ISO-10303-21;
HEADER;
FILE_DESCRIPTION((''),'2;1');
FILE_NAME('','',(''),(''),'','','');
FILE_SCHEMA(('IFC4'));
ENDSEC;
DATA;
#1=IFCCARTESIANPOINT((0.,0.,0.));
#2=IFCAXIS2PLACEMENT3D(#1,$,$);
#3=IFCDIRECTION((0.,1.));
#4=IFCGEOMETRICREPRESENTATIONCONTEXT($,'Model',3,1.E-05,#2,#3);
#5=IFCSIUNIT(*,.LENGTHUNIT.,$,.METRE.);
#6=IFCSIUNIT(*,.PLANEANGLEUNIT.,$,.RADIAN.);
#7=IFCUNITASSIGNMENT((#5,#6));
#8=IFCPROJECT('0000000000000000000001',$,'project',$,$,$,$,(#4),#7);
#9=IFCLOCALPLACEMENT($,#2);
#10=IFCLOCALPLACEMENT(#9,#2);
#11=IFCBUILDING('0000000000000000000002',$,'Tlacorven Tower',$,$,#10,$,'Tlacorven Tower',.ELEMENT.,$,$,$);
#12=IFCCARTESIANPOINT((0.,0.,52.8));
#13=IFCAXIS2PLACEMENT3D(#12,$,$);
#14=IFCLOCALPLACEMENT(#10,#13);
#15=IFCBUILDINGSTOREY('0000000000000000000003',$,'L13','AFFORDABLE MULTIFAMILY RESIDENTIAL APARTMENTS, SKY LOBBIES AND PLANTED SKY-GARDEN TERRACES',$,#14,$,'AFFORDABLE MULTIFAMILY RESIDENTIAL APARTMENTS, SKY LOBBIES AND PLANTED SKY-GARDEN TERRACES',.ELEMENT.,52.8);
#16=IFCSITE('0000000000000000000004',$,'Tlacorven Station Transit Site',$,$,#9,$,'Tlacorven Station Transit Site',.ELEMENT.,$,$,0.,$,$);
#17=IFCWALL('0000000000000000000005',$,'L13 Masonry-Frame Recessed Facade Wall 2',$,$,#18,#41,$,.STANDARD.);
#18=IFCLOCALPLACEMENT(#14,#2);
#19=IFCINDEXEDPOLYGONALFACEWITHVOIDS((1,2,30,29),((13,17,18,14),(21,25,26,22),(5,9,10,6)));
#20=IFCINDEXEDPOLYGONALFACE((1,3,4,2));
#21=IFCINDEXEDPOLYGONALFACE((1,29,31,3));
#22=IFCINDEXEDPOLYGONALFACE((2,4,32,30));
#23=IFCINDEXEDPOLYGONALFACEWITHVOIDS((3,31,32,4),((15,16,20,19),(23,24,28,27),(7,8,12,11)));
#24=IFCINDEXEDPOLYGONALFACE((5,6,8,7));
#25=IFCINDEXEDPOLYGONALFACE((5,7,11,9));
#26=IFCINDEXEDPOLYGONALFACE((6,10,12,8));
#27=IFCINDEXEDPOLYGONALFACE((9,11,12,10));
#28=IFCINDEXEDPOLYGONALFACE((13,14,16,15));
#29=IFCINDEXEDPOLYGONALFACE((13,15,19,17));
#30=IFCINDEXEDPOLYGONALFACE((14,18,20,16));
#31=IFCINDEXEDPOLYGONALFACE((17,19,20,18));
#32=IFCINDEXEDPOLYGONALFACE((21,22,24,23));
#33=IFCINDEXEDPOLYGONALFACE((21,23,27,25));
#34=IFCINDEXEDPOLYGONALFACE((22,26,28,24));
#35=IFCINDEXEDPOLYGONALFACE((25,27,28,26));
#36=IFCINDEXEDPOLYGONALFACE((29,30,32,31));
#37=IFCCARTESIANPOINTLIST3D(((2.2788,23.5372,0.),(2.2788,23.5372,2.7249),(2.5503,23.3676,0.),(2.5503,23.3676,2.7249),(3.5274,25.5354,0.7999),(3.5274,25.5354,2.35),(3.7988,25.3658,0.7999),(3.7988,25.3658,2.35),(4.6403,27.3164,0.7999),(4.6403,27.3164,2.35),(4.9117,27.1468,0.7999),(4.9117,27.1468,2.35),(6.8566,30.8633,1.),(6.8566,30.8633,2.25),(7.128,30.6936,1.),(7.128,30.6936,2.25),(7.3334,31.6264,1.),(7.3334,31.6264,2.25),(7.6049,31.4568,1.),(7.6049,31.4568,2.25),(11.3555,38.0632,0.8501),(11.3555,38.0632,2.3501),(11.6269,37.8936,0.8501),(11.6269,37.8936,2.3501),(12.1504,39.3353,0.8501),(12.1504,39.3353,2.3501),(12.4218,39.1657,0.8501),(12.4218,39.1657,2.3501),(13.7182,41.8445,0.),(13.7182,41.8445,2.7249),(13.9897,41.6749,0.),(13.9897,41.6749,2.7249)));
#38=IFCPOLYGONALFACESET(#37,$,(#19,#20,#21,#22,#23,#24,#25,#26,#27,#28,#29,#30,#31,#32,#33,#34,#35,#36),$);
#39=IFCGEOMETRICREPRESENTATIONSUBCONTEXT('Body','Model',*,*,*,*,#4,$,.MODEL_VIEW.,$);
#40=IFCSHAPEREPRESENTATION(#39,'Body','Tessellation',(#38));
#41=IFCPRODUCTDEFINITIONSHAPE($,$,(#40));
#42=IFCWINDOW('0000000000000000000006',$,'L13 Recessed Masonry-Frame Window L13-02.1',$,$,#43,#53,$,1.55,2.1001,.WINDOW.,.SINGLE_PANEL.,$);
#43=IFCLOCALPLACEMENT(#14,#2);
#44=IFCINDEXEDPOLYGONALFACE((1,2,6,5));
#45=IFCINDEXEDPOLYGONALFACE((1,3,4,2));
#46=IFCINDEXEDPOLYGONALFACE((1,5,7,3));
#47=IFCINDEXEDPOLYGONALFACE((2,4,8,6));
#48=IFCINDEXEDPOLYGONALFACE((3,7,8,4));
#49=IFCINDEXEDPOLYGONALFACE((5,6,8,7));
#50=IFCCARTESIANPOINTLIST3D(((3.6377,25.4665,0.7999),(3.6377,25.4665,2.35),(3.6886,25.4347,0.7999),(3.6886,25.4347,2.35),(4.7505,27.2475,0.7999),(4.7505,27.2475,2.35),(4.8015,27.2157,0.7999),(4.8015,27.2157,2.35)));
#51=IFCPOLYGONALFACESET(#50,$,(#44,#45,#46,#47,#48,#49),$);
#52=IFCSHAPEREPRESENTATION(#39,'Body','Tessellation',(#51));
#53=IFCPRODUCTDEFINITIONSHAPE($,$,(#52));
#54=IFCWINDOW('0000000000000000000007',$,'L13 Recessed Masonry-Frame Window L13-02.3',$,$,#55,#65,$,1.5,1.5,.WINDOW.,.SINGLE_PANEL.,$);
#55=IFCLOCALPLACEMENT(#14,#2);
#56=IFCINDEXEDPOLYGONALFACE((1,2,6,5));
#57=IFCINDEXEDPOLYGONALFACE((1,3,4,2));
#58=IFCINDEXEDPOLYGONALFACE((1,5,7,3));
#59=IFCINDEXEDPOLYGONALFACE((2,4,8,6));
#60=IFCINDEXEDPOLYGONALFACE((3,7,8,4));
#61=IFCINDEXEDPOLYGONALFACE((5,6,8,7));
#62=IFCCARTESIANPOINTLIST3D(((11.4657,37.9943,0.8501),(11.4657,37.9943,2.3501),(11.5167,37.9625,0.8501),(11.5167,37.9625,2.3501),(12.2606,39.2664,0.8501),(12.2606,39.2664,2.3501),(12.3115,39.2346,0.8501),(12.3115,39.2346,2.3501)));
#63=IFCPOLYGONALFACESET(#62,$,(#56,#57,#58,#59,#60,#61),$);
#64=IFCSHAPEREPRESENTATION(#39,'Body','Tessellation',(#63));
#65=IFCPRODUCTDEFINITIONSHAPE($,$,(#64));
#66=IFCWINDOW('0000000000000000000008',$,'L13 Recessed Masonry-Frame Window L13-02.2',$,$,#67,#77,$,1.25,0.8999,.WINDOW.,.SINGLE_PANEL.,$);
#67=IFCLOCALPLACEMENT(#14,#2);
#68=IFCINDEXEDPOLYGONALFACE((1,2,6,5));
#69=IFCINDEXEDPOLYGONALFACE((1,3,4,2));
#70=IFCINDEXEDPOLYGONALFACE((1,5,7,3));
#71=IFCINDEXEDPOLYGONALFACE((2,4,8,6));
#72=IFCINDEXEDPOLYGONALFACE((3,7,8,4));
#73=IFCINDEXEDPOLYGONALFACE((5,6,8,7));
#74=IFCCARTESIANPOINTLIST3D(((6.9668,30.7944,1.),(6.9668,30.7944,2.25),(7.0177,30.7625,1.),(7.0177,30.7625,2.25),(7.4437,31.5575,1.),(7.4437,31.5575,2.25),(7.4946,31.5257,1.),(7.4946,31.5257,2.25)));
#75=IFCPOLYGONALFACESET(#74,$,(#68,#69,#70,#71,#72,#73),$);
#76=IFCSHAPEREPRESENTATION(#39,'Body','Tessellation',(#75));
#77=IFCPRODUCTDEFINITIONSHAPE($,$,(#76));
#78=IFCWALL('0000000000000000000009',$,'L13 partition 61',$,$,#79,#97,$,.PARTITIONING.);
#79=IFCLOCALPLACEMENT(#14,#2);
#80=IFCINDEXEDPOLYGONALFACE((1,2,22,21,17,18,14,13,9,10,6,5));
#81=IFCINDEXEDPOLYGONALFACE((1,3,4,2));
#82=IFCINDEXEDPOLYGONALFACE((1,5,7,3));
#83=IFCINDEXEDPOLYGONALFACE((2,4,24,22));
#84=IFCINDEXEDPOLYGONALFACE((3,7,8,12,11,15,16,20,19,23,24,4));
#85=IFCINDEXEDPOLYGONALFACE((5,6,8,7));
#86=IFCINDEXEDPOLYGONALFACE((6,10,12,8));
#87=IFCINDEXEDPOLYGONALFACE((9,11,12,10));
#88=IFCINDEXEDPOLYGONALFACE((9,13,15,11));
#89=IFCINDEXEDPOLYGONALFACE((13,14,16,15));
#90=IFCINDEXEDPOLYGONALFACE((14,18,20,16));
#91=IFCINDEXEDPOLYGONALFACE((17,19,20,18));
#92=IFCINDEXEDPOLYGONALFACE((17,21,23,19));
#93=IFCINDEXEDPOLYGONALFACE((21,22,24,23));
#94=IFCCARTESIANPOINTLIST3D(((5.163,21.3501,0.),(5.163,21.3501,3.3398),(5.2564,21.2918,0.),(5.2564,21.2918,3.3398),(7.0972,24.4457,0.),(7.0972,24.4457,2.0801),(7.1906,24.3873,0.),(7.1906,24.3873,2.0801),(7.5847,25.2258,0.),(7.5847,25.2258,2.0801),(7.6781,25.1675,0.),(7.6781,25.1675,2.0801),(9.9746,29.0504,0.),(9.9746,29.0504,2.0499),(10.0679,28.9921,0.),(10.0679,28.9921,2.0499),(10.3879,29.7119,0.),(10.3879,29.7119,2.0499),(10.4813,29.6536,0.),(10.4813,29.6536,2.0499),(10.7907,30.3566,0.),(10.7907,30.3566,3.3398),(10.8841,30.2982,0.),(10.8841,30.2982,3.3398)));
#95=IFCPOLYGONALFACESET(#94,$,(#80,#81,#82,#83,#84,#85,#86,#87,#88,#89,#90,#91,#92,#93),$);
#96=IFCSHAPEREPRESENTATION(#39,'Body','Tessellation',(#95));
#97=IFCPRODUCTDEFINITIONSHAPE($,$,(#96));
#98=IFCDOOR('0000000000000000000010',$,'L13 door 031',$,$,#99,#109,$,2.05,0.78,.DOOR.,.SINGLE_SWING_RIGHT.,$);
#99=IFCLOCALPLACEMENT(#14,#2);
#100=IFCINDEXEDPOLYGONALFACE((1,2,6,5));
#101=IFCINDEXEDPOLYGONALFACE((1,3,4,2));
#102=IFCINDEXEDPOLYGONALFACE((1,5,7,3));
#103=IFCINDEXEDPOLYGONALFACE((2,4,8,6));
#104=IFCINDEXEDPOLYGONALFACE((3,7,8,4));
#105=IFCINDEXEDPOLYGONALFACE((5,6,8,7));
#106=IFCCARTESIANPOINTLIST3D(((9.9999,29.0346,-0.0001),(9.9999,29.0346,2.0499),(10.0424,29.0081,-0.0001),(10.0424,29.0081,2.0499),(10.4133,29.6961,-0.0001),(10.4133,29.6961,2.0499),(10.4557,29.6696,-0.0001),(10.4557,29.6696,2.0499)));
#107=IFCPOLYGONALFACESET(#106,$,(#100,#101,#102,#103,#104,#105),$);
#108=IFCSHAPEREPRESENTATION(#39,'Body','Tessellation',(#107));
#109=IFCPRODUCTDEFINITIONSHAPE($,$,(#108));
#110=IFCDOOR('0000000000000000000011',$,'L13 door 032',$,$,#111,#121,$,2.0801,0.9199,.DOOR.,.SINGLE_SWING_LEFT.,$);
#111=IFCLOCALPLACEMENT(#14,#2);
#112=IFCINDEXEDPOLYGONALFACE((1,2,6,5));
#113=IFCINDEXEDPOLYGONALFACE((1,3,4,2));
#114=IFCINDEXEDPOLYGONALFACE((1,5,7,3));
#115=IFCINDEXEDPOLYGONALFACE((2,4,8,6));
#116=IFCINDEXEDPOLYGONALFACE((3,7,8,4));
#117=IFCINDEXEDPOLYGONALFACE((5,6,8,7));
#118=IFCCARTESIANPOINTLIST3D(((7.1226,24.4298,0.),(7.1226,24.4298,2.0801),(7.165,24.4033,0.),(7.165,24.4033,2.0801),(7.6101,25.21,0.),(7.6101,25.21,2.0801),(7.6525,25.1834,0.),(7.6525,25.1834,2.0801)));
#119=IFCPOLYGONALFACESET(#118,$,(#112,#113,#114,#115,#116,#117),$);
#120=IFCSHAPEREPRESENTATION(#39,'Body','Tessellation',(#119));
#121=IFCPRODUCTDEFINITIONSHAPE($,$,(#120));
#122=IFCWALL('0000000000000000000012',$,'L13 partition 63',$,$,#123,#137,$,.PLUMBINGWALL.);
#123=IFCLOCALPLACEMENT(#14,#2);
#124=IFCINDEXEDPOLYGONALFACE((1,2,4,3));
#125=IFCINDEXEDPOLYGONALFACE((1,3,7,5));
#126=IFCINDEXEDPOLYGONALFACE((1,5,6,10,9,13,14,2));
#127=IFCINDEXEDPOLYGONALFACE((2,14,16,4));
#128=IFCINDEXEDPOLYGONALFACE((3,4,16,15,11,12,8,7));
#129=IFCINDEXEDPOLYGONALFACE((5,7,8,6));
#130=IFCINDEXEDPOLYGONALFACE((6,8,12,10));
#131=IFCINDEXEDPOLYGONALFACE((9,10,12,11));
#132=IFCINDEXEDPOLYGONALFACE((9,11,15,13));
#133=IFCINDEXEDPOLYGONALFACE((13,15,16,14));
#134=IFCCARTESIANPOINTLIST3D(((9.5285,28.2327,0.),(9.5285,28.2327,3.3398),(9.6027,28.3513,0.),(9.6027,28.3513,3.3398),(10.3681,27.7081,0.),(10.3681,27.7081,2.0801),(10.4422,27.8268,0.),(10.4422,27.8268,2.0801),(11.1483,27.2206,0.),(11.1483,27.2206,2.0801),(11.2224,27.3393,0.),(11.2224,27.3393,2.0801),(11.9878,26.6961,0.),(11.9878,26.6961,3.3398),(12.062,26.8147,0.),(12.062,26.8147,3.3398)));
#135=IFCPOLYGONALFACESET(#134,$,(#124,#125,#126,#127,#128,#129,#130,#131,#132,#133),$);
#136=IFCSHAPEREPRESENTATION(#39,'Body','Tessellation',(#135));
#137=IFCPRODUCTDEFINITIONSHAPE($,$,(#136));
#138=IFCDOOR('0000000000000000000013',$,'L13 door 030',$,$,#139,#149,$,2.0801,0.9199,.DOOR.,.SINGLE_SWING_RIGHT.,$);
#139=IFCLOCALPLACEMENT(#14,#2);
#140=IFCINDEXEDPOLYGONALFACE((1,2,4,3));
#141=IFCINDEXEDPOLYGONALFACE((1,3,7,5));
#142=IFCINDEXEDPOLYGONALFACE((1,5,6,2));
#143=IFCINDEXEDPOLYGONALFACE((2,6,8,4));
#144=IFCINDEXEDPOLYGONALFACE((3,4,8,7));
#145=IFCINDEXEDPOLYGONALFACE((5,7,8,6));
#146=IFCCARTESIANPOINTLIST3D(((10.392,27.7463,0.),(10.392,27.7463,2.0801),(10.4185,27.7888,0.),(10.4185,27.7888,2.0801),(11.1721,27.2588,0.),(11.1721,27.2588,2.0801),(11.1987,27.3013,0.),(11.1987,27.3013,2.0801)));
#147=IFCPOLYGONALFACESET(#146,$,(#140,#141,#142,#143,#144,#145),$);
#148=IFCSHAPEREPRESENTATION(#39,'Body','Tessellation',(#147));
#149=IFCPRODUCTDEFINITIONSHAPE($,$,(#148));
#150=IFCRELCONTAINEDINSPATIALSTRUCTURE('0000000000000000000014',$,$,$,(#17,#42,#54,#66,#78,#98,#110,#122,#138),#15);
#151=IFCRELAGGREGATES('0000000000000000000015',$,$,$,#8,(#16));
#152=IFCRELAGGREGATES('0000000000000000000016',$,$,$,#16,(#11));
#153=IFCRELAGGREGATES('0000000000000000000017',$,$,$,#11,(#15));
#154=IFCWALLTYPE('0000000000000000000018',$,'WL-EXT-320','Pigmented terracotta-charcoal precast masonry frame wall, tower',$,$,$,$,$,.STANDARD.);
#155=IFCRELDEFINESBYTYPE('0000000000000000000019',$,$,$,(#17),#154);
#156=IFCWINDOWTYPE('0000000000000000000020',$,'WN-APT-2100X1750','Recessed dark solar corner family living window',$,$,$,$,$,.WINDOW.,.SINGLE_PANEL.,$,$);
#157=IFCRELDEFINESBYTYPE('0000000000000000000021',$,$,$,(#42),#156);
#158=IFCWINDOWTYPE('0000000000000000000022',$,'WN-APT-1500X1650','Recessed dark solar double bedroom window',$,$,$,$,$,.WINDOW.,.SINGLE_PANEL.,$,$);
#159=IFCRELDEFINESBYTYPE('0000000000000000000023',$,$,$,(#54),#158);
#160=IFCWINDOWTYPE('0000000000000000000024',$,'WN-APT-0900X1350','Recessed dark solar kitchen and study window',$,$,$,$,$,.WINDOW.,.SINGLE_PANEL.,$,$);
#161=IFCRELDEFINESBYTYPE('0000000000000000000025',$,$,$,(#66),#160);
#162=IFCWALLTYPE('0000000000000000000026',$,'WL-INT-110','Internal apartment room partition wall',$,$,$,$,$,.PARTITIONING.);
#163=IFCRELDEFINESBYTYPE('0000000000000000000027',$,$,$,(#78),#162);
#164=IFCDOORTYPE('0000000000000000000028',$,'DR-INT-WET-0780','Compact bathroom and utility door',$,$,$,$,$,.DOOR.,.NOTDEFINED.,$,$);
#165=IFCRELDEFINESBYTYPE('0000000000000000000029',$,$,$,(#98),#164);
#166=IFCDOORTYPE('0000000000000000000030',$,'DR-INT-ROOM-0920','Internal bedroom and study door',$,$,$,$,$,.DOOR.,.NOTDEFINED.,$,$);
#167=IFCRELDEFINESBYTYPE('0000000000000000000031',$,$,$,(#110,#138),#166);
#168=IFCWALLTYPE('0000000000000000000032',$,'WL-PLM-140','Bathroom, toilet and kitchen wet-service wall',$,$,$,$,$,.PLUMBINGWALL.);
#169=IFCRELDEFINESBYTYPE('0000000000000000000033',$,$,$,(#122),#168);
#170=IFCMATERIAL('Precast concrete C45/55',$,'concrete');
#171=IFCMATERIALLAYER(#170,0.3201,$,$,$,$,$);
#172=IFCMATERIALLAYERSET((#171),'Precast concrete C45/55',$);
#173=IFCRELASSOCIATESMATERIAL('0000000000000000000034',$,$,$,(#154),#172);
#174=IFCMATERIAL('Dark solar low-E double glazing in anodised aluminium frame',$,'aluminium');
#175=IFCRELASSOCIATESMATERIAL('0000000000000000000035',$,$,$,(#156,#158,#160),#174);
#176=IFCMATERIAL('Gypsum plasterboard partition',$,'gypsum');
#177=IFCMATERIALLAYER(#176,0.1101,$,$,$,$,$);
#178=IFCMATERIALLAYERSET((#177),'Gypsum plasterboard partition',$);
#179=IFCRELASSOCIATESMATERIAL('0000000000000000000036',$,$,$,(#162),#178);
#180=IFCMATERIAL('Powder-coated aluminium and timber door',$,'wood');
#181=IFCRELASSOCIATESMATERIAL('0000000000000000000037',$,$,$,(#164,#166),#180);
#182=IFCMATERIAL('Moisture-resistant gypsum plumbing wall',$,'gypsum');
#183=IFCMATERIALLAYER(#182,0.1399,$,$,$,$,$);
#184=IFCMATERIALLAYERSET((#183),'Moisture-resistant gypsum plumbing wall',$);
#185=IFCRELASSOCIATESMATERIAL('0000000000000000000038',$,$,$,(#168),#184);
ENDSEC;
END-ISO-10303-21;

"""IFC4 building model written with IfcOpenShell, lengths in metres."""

from ifc_helpers import new_model, si_unit, direction, frame, frame_2d, origin, place, context, subcontext, project, spatial, rectangle, extrude, source, transform, mapped, material, layer, layer_set, type_object, element, fill, save


model = new_model("IFC4")

# Units and contexts
model_context = context("Model", 3, precision=1e-05, world=origin(), true_north=direction((0.0, 1.0)))
body_context = subcontext(model_context, "Body", "Model", "MODEL_VIEW")
ifc_project = project(units=[si_unit("LENGTHUNIT", "METRE"), si_unit("PLANEANGLEUNIT", "RADIAN")], contexts=[model_context])

# Site, building, storey
site_placement = place(None, origin())
site = spatial("IfcSite", under=ifc_project, at=site_placement, Name="Tlacorven Station Transit Site", LongName="Tlacorven Station Transit Site", CompositionType="ELEMENT", RefElevation=0.0)
building_placement = place(site_placement, origin())
building = spatial("IfcBuilding", under=site, at=building_placement, Name="Tlacorven Tower", LongName="Tlacorven Tower", CompositionType="ELEMENT")
storey_placement = place(building_placement, frame((0.0, 0.0, 52.8)))
storey = spatial("IfcBuildingStorey", under=building, at=storey_placement, Name="L13", Description="AFFORDABLE MULTIFAMILY RESIDENTIAL APARTMENTS, SKY LOBBIES AND PLANTED SKY-GARDEN TERRACES", LongName="AFFORDABLE MULTIFAMILY RESIDENTIAL APARTMENTS, SKY LOBBIES AND PLANTED SKY-GARDEN TERRACES", CompositionType="ELEMENT", Elevation=52.8)

# Wall, openings, windows
ifc_material_1 = material(Name="Precast concrete C45/55", Category="concrete")
ifc_layer_1 = layer(ifc_material_1, 0.3201)
ifc_layer_set_1 = layer_set([ifc_layer_1], Name="Precast concrete C45/55")
wall_type_1 = type_object("IfcWallType", Name="WL-EXT-320", Description="Pigmented terracotta-charcoal precast masonry frame wall, tower", PredefinedType="STANDARD", material=ifc_layer_set_1)
wall_1_placement = place(storey_placement, frame((2.4146, 23.4524, 0.0), z_axis=(0.0, 0.0, 1.0), x_axis=(0.52991, 0.848054, 0.0)))
wall_1 = element("IfcWall", 1, at=wall_1_placement, inside=storey, type_object=wall_type_1, Name="L13 Masonry-Frame Recessed Facade Wall 2", PredefinedType="STANDARD", context=body_context, shape_type="SweptSolid", body=[
    extrude(rectangle(XDim=21.5874, YDim=0.3201, at=frame_2d((10.7937, 0.0))), origin(), (0.0, 0.0, 1.0), 2.7249),
])
opening_1_placement = place(wall_1_placement, frame((2.3562, 0.0, 0.8)))
opening_1 = element("IfcOpeningElement", 2, at=opening_1_placement, cuts=wall_1, PredefinedType="OPENING", context=body_context, shape_type="SweptSolid", body=[
    extrude(rectangle(XDim=2.1001, YDim=1.55, at=frame_2d((1.05, 0.7749))), frame((0.0, 0.1699, 0.0), z_axis=(0.0, -1.0, 0.0), x_axis=(1.0, 0.0, 0.0)), (0.0, 0.0, 1.0), 0.3401),
])
opening_2_placement = place(wall_1_placement, frame((8.6387, 0.0, 1.0)))
opening_2 = element("IfcOpeningElement", 3, at=opening_2_placement, cuts=wall_1, PredefinedType="OPENING", context=body_context, shape_type="SweptSolid", body=[
    extrude(rectangle(XDim=0.8999, YDim=1.25, at=frame_2d((0.45, 0.625))), frame((0.0, 0.1699, 0.0), z_axis=(0.0, -1.0, 0.0), x_axis=(1.0, 0.0, 0.0)), (0.0, 0.0, 1.0), 0.3401),
])
opening_3_placement = place(wall_1_placement, frame((17.1287, 0.0, 0.8501)))
opening_3 = element("IfcOpeningElement", 4, at=opening_3_placement, cuts=wall_1, PredefinedType="OPENING", context=body_context, shape_type="SweptSolid", body=[
    extrude(rectangle(XDim=1.5, YDim=1.5, at=frame_2d((0.75, 0.75))), frame((0.0, 0.1699, 0.0), z_axis=(0.0, -1.0, 0.0), x_axis=(1.0, 0.0, 0.0)), (0.0, 0.0, 1.0), 0.3401),
])
ifc_material_2 = material(Name="Dark solar low-E double glazing in anodised aluminium frame", Category="aluminium")
window_type_1 = type_object("IfcWindowType", Name="WN-APT-2100X1750", Description="Recessed dark solar corner family living window", PartitioningType="SINGLE_PANEL", PredefinedType="WINDOW", material=ifc_material_2)
shared_shape_1 = source(origin(), body_context, "Body", "SweptSolid", [
    extrude(rectangle(XDim=2.1001, YDim=1.55, at=frame_2d((1.05, 0.7749))), frame((0.0, 0.03, 0.0), z_axis=(0.0, -1.0, 0.0), x_axis=(1.0, 0.0, 0.0)), (0.0, 0.0, 1.0), 0.0601),
])
window_1_placement = place(opening_1_placement, origin())
window_1 = element("IfcWindow", 5, at=window_1_placement, inside=storey, type_object=window_type_1, Name="L13 Recessed Masonry-Frame Window L13-02.1", OverallHeight=1.55, OverallWidth=2.1001, PartitioningType="SINGLE_PANEL", PredefinedType="WINDOW", context=body_context, shape_type="MappedRepresentation", body=[
    mapped(shared_shape_1, transform((0.0, 0.0, 0.0), scale=1.0)),
])
fill(opening_1, window_1)
window_type_2 = type_object("IfcWindowType", Name="WN-APT-1500X1650", Description="Recessed dark solar double bedroom window", PartitioningType="SINGLE_PANEL", PredefinedType="WINDOW", material=ifc_material_2)
shared_shape_2 = source(origin(), body_context, "Body", "SweptSolid", [
    extrude(rectangle(XDim=1.5, YDim=1.5, at=frame_2d((0.75, 0.75))), frame((0.0, 0.03, 0.0), z_axis=(0.0, -1.0, 0.0), x_axis=(1.0, 0.0, 0.0)), (0.0, 0.0, 1.0), 0.0601),
])
window_2_placement = place(opening_3_placement, origin())
window_2 = element("IfcWindow", 6, at=window_2_placement, inside=storey, type_object=window_type_2, Name="L13 Recessed Masonry-Frame Window L13-02.3", OverallHeight=1.5, OverallWidth=1.5, PartitioningType="SINGLE_PANEL", PredefinedType="WINDOW", context=body_context, shape_type="MappedRepresentation", body=[
    mapped(shared_shape_2, transform((0.0, 0.0, 0.0), scale=1.0)),
])
fill(opening_3, window_2)
window_type_3 = type_object("IfcWindowType", Name="WN-APT-0900X1350", Description="Recessed dark solar kitchen and study window", PartitioningType="SINGLE_PANEL", PredefinedType="WINDOW", material=ifc_material_2)
shared_shape_3 = source(origin(), body_context, "Body", "SweptSolid", [
    extrude(rectangle(XDim=0.8999, YDim=1.25, at=frame_2d((0.45, 0.625))), frame((0.0, 0.03, 0.0), z_axis=(0.0, -1.0, 0.0), x_axis=(1.0, 0.0, 0.0)), (0.0, 0.0, 1.0), 0.0601),
])
window_3_placement = place(opening_2_placement, origin())
window_3 = element("IfcWindow", 7, at=window_3_placement, inside=storey, type_object=window_type_3, Name="L13 Recessed Masonry-Frame Window L13-02.2", OverallHeight=1.25, OverallWidth=0.8999, PartitioningType="SINGLE_PANEL", PredefinedType="WINDOW", context=body_context, shape_type="MappedRepresentation", body=[
    mapped(shared_shape_3, transform((0.0, 0.0, 0.0), scale=1.0)),
])
fill(opening_2, window_3)

# Wall, openings, doors
ifc_material_3 = material(Name="Gypsum plasterboard partition", Category="gypsum")
ifc_layer_2 = layer(ifc_material_3, 0.1101)
ifc_layer_set_2 = layer_set([ifc_layer_2], Name="Gypsum plasterboard partition")
wall_type_2 = type_object("IfcWallType", Name="WL-INT-110", Description="Internal apartment room partition wall", PredefinedType="PARTITIONING", material=ifc_layer_set_2)
wall_2_placement = place(storey_placement, frame((10.8374, 30.3274, 0.0), z_axis=(0.0, 0.0, 1.0), x_axis=(-0.529912, -0.848053, 0.0)))
wall_2 = element("IfcWall", 8, at=wall_2_placement, inside=storey, type_object=wall_type_2, Name="L13 partition 61", PredefinedType="PARTITIONING", context=body_context, shape_type="SweptSolid", body=[
    extrude(rectangle(XDim=10.6201, YDim=0.1101, at=frame_2d((5.3101, 0.0))), origin(), (0.0, 0.0, 1.0), 3.3398),
])
opening_4_placement = place(wall_2_placement, frame((0.76, 0.0, 0.0)))
opening_4 = element("IfcOpeningElement", 9, at=opening_4_placement, cuts=wall_2, PredefinedType="OPENING", context=body_context, shape_type="SweptSolid", body=[
    extrude(rectangle(XDim=0.78, YDim=2.05, at=frame_2d((0.3901, 1.0249))), frame((0.0, 0.0649, 0.0), z_axis=(0.0, -1.0, 0.0), x_axis=(1.0, 0.0, 0.0)), (0.0, 0.0, 1.0), 0.1301),
])
opening_5_placement = place(wall_2_placement, frame((6.05, 0.0, 0.0)))
opening_5 = element("IfcOpeningElement", 10, at=opening_5_placement, cuts=wall_2, PredefinedType="OPENING", context=body_context, shape_type="SweptSolid", body=[
    extrude(rectangle(XDim=0.9199, YDim=2.0801, at=frame_2d((0.46, 1.04))), frame((0.0, 0.0649, 0.0), z_axis=(0.0, -1.0, 0.0), x_axis=(1.0, 0.0, 0.0)), (0.0, 0.0, 1.0), 0.1301),
])
ifc_material_4 = material(Name="Powder-coated aluminium and timber door", Category="wood")
door_type_1 = type_object("IfcDoorType", Name="DR-INT-WET-0780", Description="Compact bathroom and utility door", OperationType="NOTDEFINED", PredefinedType="DOOR", material=ifc_material_4)
shared_shape_4 = source(origin(), body_context, "Body", "SweptSolid", [
    extrude(rectangle(XDim=0.78, YDim=2.05, at=frame_2d((0.3901, 1.0249))), frame((0.0, 0.0249, 0.0), z_axis=(0.0, -1.0, 0.0), x_axis=(1.0, 0.0, 0.0)), (0.0, 0.0, 1.0), 0.05),
])
door_1_placement = place(opening_4_placement, origin())
door_1 = element("IfcDoor", 11, at=door_1_placement, inside=storey, type_object=door_type_1, Name="L13 door 031", OperationType="SINGLE_SWING_RIGHT", OverallHeight=2.05, OverallWidth=0.78, PredefinedType="DOOR", context=body_context, shape_type="MappedRepresentation", body=[
    mapped(shared_shape_4, transform((0.0, 0.0, 0.0), scale=1.0)),
])
fill(opening_4, door_1)
door_type_2 = type_object("IfcDoorType", Name="DR-INT-ROOM-0920", Description="Internal bedroom and study door", OperationType="NOTDEFINED", PredefinedType="DOOR", material=ifc_material_4)
shared_shape_5 = source(origin(), body_context, "Body", "SweptSolid", [
    extrude(rectangle(XDim=0.9199, YDim=2.0801, at=frame_2d((0.46, 1.04))), frame((0.0, 0.0249, 0.0), z_axis=(0.0, -1.0, 0.0), x_axis=(1.0, 0.0, 0.0)), (0.0, 0.0, 1.0), 0.05),
])
door_2_placement = place(opening_5_placement, origin())
door_2 = element("IfcDoor", 12, at=door_2_placement, inside=storey, type_object=door_type_2, Name="L13 door 032", OperationType="SINGLE_SWING_LEFT", OverallHeight=2.0801, OverallWidth=0.9199, PredefinedType="DOOR", context=body_context, shape_type="MappedRepresentation", body=[
    mapped(shared_shape_5, transform((0.0, 0.0, 0.0), scale=1.0)),
])
fill(opening_5, door_2)

# Wall, opening, door
ifc_material_5 = material(Name="Moisture-resistant gypsum plumbing wall", Category="gypsum")
ifc_layer_3 = layer(ifc_material_5, 0.1399)
ifc_layer_set_3 = layer_set([ifc_layer_3], Name="Moisture-resistant gypsum plumbing wall")
wall_type_3 = type_object("IfcWallType", Name="WL-PLM-140", Description="Bathroom, toilet and kitchen wet-service wall", PredefinedType="PLUMBINGWALL", material=ifc_layer_set_3)
wall_3_placement = place(storey_placement, frame((12.0249, 26.7554, 0.0), z_axis=(0.0, 0.0, 1.0), x_axis=(-0.84806, 0.529901, 0.0)))
wall_3 = element("IfcWall", 13, at=wall_3_placement, inside=storey, type_object=wall_type_3, Name="L13 partition 63", PredefinedType="PLUMBINGWALL", context=body_context, shape_type="SweptSolid", body=[
    extrude(rectangle(XDim=2.8999, YDim=0.1399, at=frame_2d((1.45, 0.0))), origin(), (0.0, 0.0, 1.0), 3.3398),
])
opening_6_placement = place(wall_3_placement, frame((0.99, 0.0, 0.0)))
opening_6 = element("IfcOpeningElement", 14, at=opening_6_placement, cuts=wall_3, PredefinedType="OPENING", context=body_context, shape_type="SweptSolid", body=[
    extrude(rectangle(XDim=0.9199, YDim=2.0801, at=frame_2d((0.46, 1.04))), frame((0.0, 0.0801, 0.0), z_axis=(0.0, -1.0, 0.0), x_axis=(1.0, 0.0, 0.0)), (0.0, 0.0, 1.0), 0.1599),
])
door_3_placement = place(opening_6_placement, origin())
door_3 = element("IfcDoor", 15, at=door_3_placement, inside=storey, type_object=door_type_2, Name="L13 door 030", OperationType="SINGLE_SWING_RIGHT", OverallHeight=2.0801, OverallWidth=0.9199, PredefinedType="DOOR", context=body_context, shape_type="MappedRepresentation", body=[
    mapped(shared_shape_5, transform((0.0, 0.0, 0.0), scale=1.0)),
])
fill(opening_6, door_3)

save(model, "model.ifc")
